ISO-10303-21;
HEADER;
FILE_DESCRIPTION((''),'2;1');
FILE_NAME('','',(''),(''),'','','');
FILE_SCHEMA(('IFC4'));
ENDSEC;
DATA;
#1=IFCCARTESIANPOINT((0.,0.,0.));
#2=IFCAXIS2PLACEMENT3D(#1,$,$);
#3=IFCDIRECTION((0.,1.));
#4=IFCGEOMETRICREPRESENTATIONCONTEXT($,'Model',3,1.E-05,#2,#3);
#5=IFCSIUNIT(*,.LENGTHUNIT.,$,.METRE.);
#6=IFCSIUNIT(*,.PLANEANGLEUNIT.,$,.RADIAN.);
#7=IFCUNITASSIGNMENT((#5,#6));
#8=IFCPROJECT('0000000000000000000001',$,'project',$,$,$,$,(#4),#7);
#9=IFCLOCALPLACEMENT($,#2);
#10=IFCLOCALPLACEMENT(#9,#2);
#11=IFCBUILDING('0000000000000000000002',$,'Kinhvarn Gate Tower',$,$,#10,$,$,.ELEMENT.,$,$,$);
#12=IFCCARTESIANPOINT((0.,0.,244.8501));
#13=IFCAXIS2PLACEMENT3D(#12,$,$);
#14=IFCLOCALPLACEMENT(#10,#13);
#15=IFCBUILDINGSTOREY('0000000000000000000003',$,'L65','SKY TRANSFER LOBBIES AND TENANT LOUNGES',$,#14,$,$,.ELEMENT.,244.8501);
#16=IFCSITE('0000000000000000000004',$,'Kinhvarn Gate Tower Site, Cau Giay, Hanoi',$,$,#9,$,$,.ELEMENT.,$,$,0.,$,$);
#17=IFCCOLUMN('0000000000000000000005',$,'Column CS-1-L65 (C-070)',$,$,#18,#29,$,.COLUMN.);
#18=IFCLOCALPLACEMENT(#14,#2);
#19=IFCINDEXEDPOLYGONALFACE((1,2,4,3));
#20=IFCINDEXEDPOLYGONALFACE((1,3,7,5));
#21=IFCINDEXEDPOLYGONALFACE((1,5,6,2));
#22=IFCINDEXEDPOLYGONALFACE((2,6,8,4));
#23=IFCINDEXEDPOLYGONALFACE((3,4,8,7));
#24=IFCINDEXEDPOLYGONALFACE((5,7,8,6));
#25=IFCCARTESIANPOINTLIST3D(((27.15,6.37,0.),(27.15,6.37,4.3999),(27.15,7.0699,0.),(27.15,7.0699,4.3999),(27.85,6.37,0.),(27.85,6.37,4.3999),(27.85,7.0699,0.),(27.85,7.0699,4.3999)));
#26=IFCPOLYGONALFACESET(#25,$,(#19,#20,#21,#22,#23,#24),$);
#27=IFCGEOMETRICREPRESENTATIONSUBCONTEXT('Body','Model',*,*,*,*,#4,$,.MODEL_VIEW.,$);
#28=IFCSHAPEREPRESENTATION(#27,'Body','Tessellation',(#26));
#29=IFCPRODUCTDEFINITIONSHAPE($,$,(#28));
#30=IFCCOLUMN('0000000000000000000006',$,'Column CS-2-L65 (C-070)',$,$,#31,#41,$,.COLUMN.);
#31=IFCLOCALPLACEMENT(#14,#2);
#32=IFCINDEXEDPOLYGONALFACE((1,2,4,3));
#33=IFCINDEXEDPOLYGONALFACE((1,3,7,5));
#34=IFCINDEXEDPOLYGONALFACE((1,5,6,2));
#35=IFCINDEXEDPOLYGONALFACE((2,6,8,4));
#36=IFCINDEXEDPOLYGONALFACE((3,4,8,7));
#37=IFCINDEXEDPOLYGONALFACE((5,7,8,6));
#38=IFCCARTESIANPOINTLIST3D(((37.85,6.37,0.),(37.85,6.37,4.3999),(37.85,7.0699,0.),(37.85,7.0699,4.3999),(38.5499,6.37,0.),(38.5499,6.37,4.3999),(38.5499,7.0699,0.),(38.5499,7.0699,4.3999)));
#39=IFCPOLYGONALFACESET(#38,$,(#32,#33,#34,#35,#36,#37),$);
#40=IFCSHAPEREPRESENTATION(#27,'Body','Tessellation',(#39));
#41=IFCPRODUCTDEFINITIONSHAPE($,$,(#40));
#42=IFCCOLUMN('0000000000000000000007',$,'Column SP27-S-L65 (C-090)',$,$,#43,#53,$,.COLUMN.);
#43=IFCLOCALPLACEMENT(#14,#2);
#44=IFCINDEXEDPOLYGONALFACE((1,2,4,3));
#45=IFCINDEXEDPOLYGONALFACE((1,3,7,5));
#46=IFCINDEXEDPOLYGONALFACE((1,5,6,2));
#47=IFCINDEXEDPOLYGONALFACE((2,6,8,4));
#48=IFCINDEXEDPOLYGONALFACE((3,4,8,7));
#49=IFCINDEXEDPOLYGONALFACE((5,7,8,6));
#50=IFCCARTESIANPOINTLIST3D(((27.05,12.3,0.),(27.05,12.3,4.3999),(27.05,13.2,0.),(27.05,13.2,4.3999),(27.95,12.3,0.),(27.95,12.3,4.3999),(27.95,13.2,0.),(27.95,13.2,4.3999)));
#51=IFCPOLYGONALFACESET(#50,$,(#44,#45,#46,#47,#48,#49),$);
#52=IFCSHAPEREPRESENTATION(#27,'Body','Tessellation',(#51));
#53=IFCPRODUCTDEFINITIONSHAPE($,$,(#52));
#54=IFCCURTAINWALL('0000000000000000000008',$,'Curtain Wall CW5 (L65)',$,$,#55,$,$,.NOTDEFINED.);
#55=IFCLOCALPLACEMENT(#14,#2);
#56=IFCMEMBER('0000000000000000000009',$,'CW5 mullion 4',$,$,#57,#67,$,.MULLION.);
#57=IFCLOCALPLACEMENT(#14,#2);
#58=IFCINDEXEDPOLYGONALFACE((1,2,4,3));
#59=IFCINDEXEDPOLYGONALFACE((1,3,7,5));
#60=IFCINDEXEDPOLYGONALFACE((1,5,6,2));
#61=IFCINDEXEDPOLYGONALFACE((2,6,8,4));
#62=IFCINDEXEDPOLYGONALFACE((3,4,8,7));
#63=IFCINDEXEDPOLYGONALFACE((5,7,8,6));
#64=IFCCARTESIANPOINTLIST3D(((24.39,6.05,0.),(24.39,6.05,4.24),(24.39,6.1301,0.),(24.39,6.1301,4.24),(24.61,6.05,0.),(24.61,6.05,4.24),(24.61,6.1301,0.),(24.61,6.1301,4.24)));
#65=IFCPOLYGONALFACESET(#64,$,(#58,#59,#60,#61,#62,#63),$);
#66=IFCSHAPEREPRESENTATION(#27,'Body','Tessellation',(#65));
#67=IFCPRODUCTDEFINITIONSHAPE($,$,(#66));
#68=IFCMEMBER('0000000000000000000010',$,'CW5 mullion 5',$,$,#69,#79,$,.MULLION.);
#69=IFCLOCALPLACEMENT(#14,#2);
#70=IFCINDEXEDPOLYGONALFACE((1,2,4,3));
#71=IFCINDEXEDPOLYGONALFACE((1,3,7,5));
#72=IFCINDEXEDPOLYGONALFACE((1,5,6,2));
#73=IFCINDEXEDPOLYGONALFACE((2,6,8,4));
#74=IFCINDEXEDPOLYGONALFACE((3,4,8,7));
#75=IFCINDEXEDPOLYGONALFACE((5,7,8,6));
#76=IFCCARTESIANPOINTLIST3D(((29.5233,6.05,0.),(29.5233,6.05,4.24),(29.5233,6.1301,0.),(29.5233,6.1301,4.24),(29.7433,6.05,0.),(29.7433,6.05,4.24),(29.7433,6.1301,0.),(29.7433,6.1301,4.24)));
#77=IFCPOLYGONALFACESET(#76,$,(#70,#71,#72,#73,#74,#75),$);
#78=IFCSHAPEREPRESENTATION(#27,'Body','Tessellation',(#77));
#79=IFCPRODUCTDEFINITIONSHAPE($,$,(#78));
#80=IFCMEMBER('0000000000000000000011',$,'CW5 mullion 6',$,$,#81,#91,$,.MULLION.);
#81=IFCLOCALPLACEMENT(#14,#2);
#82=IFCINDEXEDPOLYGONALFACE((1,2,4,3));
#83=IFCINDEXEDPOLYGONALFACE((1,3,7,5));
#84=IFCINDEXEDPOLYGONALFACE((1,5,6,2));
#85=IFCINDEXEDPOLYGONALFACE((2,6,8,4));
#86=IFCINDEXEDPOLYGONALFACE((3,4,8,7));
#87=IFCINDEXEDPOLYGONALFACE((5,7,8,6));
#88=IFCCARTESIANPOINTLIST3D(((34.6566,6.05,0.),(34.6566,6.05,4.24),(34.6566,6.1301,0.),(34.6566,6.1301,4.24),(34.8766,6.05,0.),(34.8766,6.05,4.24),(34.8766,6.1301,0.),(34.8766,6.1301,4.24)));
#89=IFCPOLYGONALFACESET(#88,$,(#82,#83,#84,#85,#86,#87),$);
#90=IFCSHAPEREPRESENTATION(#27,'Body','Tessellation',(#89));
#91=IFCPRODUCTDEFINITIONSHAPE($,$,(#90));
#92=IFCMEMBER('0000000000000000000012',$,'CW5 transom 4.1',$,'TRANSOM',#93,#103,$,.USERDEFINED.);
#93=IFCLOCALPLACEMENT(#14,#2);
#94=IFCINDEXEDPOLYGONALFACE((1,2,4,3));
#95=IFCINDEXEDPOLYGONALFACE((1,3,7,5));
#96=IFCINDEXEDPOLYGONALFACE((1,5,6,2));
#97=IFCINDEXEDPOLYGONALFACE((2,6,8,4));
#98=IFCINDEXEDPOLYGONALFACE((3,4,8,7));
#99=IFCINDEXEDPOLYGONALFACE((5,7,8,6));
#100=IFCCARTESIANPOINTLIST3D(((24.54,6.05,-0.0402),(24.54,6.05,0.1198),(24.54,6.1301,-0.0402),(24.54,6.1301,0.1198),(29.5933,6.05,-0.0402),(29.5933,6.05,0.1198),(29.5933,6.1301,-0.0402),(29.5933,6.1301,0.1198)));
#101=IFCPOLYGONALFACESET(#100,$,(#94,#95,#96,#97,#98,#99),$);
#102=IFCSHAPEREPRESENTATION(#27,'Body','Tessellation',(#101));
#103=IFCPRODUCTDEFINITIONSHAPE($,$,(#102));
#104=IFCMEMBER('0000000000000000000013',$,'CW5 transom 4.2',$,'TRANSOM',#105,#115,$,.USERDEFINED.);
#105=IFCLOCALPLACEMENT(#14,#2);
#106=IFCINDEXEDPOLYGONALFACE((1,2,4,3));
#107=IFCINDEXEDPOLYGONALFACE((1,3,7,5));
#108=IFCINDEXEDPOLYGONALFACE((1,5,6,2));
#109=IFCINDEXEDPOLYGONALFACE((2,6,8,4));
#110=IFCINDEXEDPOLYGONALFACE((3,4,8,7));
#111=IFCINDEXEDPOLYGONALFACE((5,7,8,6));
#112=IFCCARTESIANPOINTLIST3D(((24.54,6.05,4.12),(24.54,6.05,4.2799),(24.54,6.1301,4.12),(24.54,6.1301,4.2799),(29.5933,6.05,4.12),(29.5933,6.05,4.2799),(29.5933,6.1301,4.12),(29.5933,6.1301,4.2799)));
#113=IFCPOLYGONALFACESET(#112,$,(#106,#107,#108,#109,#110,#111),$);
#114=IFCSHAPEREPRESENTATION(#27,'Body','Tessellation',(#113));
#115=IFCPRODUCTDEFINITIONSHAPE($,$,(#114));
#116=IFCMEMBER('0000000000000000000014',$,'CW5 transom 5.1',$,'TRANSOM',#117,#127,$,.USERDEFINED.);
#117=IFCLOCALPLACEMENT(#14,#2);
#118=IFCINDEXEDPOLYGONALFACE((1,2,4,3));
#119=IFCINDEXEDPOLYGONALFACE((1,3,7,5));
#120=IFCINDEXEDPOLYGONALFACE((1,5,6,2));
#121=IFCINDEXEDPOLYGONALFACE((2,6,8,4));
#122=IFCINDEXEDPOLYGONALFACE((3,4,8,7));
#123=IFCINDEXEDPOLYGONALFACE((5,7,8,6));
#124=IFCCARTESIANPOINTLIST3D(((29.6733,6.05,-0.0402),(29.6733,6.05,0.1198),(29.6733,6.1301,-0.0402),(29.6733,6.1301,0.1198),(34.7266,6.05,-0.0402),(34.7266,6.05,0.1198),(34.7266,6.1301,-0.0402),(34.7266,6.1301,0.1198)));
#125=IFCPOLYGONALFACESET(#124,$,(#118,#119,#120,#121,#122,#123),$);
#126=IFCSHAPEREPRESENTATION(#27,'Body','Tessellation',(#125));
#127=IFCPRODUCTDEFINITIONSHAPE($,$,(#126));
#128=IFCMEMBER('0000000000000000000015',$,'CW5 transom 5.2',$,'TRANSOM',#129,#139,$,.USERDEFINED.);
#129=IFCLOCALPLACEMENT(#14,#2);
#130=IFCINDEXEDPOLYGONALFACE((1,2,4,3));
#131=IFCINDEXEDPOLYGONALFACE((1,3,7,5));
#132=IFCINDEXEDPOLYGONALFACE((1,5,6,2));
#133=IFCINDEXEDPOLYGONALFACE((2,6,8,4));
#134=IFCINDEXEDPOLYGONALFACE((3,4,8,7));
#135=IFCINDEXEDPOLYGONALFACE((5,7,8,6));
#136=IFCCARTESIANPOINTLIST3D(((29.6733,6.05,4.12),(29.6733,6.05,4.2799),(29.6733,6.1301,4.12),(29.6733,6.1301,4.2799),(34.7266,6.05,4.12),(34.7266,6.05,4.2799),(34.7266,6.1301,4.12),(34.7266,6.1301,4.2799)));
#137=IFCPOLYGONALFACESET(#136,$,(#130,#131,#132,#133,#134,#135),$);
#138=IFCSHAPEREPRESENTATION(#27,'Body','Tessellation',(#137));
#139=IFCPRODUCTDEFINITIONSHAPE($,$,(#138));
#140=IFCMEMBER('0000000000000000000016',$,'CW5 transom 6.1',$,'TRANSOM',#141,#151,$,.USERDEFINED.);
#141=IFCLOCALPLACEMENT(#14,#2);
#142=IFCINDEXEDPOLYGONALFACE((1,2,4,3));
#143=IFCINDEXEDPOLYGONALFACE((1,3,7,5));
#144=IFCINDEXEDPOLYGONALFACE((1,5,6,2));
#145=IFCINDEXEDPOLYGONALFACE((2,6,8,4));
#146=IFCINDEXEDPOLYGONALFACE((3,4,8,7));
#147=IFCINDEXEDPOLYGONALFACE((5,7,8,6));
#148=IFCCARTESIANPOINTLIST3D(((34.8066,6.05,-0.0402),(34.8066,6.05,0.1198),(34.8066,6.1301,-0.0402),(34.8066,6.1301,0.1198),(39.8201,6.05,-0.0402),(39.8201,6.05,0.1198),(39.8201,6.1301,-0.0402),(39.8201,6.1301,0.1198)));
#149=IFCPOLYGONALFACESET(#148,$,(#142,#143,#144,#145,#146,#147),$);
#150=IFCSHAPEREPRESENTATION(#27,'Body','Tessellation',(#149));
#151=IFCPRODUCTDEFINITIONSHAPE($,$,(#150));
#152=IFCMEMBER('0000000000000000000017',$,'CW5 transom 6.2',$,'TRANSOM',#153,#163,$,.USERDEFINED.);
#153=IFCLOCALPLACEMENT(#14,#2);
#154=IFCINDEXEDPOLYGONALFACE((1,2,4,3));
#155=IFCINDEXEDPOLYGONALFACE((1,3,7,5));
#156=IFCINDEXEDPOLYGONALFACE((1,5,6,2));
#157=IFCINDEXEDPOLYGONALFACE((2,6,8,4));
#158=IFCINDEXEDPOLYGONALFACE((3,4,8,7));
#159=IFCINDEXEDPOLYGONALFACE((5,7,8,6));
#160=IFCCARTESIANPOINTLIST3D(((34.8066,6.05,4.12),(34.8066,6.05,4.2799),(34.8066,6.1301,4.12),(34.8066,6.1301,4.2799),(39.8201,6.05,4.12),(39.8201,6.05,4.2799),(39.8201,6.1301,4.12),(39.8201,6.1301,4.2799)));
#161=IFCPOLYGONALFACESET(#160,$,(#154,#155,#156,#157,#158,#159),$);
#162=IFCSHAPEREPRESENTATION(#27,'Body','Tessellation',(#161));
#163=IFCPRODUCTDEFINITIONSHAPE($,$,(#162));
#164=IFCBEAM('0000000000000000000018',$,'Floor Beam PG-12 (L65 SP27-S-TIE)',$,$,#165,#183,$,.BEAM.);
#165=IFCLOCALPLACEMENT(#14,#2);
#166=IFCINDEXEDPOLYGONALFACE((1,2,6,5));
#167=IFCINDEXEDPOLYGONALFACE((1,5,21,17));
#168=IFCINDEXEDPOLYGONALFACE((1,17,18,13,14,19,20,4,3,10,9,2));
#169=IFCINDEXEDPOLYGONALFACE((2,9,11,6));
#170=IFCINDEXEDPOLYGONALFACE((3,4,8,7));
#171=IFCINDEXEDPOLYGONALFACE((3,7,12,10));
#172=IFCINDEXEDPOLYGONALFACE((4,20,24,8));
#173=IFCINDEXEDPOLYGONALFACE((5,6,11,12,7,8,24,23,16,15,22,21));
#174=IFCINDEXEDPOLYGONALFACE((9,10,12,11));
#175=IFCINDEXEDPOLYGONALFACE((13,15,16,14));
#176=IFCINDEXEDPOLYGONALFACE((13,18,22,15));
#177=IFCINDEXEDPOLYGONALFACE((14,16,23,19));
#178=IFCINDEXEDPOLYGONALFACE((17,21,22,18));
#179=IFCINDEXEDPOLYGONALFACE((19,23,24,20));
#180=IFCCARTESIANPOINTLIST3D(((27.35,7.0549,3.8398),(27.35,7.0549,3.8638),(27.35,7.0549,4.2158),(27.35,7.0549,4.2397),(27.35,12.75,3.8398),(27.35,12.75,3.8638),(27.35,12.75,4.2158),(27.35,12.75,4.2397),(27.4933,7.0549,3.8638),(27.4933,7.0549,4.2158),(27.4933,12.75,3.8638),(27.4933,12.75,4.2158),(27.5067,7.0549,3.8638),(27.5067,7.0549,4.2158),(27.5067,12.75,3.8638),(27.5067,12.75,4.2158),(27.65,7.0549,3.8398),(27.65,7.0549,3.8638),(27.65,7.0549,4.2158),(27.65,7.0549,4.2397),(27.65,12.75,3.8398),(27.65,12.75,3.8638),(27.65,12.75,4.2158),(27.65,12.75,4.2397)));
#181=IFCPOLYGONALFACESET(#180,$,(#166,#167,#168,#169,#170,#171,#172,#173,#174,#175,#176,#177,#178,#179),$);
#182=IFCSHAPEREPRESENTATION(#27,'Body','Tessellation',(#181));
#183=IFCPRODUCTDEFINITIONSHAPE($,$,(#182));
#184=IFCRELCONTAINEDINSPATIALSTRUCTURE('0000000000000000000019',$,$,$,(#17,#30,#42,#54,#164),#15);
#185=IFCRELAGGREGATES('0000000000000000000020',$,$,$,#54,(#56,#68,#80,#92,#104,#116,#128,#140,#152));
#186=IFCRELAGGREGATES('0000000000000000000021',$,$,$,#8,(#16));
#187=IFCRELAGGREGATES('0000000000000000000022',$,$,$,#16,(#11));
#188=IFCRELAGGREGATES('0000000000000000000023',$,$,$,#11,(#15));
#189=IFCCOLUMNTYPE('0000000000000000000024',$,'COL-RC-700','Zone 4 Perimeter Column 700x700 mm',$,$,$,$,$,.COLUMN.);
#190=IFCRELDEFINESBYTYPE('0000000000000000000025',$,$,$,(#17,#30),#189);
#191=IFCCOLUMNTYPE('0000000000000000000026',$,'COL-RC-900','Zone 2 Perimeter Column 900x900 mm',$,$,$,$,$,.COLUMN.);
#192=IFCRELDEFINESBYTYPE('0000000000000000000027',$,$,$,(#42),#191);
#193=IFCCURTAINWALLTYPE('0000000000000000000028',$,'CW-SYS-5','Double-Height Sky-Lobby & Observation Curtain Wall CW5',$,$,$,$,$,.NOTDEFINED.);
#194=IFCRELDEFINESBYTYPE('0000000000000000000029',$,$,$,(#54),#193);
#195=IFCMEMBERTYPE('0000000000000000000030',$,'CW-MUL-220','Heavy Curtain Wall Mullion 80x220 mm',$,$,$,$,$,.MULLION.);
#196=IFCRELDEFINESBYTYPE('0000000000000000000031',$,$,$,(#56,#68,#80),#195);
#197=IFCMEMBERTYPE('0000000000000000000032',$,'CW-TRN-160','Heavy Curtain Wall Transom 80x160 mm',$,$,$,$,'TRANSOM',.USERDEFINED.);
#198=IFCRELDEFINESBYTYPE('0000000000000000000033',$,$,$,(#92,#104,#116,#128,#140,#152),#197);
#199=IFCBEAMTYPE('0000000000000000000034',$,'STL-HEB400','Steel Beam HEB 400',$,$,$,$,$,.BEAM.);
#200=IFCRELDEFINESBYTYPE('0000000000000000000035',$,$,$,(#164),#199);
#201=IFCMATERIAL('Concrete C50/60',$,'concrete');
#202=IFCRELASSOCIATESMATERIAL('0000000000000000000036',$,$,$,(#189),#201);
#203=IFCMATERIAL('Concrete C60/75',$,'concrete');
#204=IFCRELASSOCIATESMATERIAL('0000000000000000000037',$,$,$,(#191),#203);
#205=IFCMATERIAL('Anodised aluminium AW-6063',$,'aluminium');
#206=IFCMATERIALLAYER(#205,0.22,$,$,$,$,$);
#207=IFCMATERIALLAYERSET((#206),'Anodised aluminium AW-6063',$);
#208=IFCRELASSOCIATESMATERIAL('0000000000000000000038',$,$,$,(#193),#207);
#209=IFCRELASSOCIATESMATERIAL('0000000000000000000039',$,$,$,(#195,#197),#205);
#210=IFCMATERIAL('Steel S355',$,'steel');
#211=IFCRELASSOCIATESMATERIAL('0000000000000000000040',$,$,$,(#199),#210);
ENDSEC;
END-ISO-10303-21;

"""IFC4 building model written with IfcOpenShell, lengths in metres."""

from ifc_helpers import new_model, si_unit, direction, frame, origin, origin_2d, place, context, subcontext, project, spatial, rectangle, i_section, extrude, material, layer, layer_set, material_profile, profile_set, type_object, element, aggregate, save


model = new_model("IFC4")

# Units and contexts
model_context = context("Model", 3, precision=1e-05, world=origin(), true_north=direction((0.0, 1.0)))
body_context = subcontext(model_context, "Body", "Model", "MODEL_VIEW")
ifc_project = project(units=[si_unit("LENGTHUNIT", "METRE"), si_unit("PLANEANGLEUNIT", "RADIAN")], contexts=[model_context])

# Site, building, storey
site_placement = place(None, origin())
site = spatial("IfcSite", under=ifc_project, at=site_placement, Name="Kinhvarn Gate Tower Site, Cau Giay, Hanoi", CompositionType="ELEMENT", RefElevation=0.0)
building_placement = place(site_placement, origin())
building = spatial("IfcBuilding", under=site, at=building_placement, Name="Kinhvarn Gate Tower", CompositionType="ELEMENT")
storey_placement = place(building_placement, frame((0.0, 0.0, 244.8501)))
storey = spatial("IfcBuildingStorey", under=building, at=storey_placement, Name="L65", Description="SKY TRANSFER LOBBIES AND TENANT LOUNGES", CompositionType="ELEMENT", Elevation=244.8501)

# Columns
ifc_material_1 = material(Name="Concrete C50/60", Category="concrete")
ifc_material_profile_1 = material_profile(ifc_material_1, rectangle(XDim=0.7, YDim=0.7, at=origin_2d()), Name="RC 700x700")
ifc_profile_set_1 = profile_set([ifc_material_profile_1], Name="Concrete C50/60")
column_type_1 = type_object("IfcColumnType", Name="COL-RC-700", Description="Zone 4 Perimeter Column 700x700 mm", PredefinedType="COLUMN", material=ifc_profile_set_1)
for number, where, z_axis, x_axis, name in (
    (1, (27.5, 6.72, 0.0), (0.0, 0.0, 1.0), (1.0, 0.0, 0.0), "Column CS-1-L65 (C-070)"),
    (2, (38.2, 6.72, 0.0), (0.0, 0.0, 1.0), (1.0, 0.0, 0.0), "Column CS-2-L65 (C-070)"),
):
    element("IfcColumn", number, at=place(storey_placement, frame(where, z_axis=z_axis, x_axis=x_axis)), inside=storey, type_object=column_type_1, Name=name, PredefinedType="COLUMN", context=body_context, shape_type="SweptSolid", body=[
        extrude(rectangle(XDim=0.7, YDim=0.7, at=origin_2d()), origin(), (0.0, 0.0, 1.0), 4.3999),
    ])
ifc_material_2 = material(Name="Concrete C60/75", Category="concrete")
ifc_material_profile_2 = material_profile(ifc_material_2, rectangle(XDim=0.8999, YDim=0.8999, at=origin_2d()), Name="RC 900x900")
ifc_profile_set_2 = profile_set([ifc_material_profile_2], Name="Concrete C60/75")
column_type_2 = type_object("IfcColumnType", Name="COL-RC-900", Description="Zone 2 Perimeter Column 900x900 mm", PredefinedType="COLUMN", material=ifc_profile_set_2)
column_placement = place(storey_placement, frame((27.5, 12.75, 0.0), z_axis=(0.0, 0.0, 1.0), x_axis=(1.0, 0.0, 0.0)))
element("IfcColumn", 3, at=column_placement, inside=storey, type_object=column_type_2, Name="Column SP27-S-L65 (C-090)", PredefinedType="COLUMN", context=body_context, shape_type="SweptSolid", body=[
    extrude(rectangle(XDim=0.8999, YDim=0.8999, at=origin_2d()), origin(), (0.0, 0.0, 1.0), 4.3999),
])

# Curtain wall, members
ifc_material_3 = material(Name="Anodised aluminium AW-6063", Category="aluminium")
ifc_layer_1 = layer(ifc_material_3, 0.22)
ifc_layer_set_1 = layer_set([ifc_layer_1], Name="Anodised aluminium AW-6063")
curtain_wall_type = type_object("IfcCurtainWallType", Name="CW-SYS-5", Description="Double-Height Sky-Lobby & Observation Curtain Wall CW5", PredefinedType="NOTDEFINED", material=ifc_layer_set_1)
curtain_wall_placement = place(storey_placement, origin())
curtain_wall = element("IfcCurtainWall", 4, at=curtain_wall_placement, inside=storey, type_object=curtain_wall_type, Name="Curtain Wall CW5 (L65)", PredefinedType="NOTDEFINED")
ifc_material_profile_3 = material_profile(ifc_material_3, rectangle(XDim=0.0801, YDim=0.22, at=origin_2d()), Name="ALU 80x220")
ifc_profile_set_3 = profile_set([ifc_material_profile_3], Name="Anodised aluminium AW-6063")
member_type_1 = type_object("IfcMemberType", Name="CW-MUL-220", Description="Heavy Curtain Wall Mullion 80x220 mm", PredefinedType="MULLION", material=ifc_profile_set_3)
member_1_placement = place(storey_placement, frame((24.5, 6.0901, 0.0), z_axis=(0.0, 0.0, 1.0), x_axis=(0.0, 1.0, 0.0)))
member_1 = element("IfcMember", 5, at=member_1_placement, type_object=member_type_1, Name="CW5 mullion 4", PredefinedType="MULLION", context=body_context, shape_type="SweptSolid", body=[
    extrude(rectangle(XDim=0.0801, YDim=0.22, at=origin_2d()), origin(), (0.0, 0.0, 1.0), 4.24),
])
member_2_placement = place(storey_placement, frame((29.6333, 6.0901, 0.0), z_axis=(0.0, 0.0, 1.0), x_axis=(0.0, 1.0, 0.0)))
member_2 = element("IfcMember", 6, at=member_2_placement, type_object=member_type_1, Name="CW5 mullion 5", PredefinedType="MULLION", context=body_context, shape_type="SweptSolid", body=[
    extrude(rectangle(XDim=0.0801, YDim=0.22, at=origin_2d()), origin(), (0.0, 0.0, 1.0), 4.24),
])
member_3_placement = place(storey_placement, frame((34.7666, 6.0901, 0.0), z_axis=(0.0, 0.0, 1.0), x_axis=(0.0, 1.0, 0.0)))
member_3 = element("IfcMember", 7, at=member_3_placement, type_object=member_type_1, Name="CW5 mullion 6", PredefinedType="MULLION", context=body_context, shape_type="SweptSolid", body=[
    extrude(rectangle(XDim=0.0801, YDim=0.22, at=origin_2d()), origin(), (0.0, 0.0, 1.0), 4.24),
])
ifc_material_profile_4 = material_profile(ifc_material_3, rectangle(XDim=0.0801, YDim=0.1599, at=origin_2d()), Name="ALU 80x160")
ifc_profile_set_4 = profile_set([ifc_material_profile_4], Name="Anodised aluminium AW-6063")
member_type_2 = type_object("IfcMemberType", Name="CW-TRN-160", Description="Heavy Curtain Wall Transom 80x160 mm", ElementType="TRANSOM", PredefinedType="USERDEFINED", material=ifc_profile_set_4)
member_4_placement = place(storey_placement, frame((24.54, 6.0901, 0.0398), z_axis=(1.0, 0.0, 0.0), x_axis=(0.0, 1.0, 0.0)))
member_4 = element("IfcMember", 8, at=member_4_placement, type_object=member_type_2, Name="CW5 transom 4.1", ObjectType="TRANSOM", PredefinedType="USERDEFINED", context=body_context, shape_type="SweptSolid", body=[
    extrude(rectangle(XDim=0.0801, YDim=0.1599, at=origin_2d()), origin(), (0.0, 0.0, 1.0), 5.0532),
])
member_5_placement = place(storey_placement, frame((24.54, 6.0901, 4.2), z_axis=(1.0, 0.0, 0.0), x_axis=(0.0, 1.0, 0.0)))
member_5 = element("IfcMember", 9, at=member_5_placement, type_object=member_type_2, Name="CW5 transom 4.2", ObjectType="TRANSOM", PredefinedType="USERDEFINED", context=body_context, shape_type="SweptSolid", body=[
    extrude(rectangle(XDim=0.0801, YDim=0.1599, at=origin_2d()), origin(), (0.0, 0.0, 1.0), 5.0532),
])
member_6_placement = place(storey_placement, frame((29.6733, 6.0901, 0.0398), z_axis=(1.0, 0.0, 0.0), x_axis=(0.0, 1.0, 0.0)))
member_6 = element("IfcMember", 10, at=member_6_placement, type_object=member_type_2, Name="CW5 transom 5.1", ObjectType="TRANSOM", PredefinedType="USERDEFINED", context=body_context, shape_type="SweptSolid", body=[
    extrude(rectangle(XDim=0.0801, YDim=0.1599, at=origin_2d()), origin(), (0.0, 0.0, 1.0), 5.0532),
])
member_7_placement = place(storey_placement, frame((29.6733, 6.0901, 4.2), z_axis=(1.0, 0.0, 0.0), x_axis=(0.0, 1.0, 0.0)))
member_7 = element("IfcMember", 11, at=member_7_placement, type_object=member_type_2, Name="CW5 transom 5.2", ObjectType="TRANSOM", PredefinedType="USERDEFINED", context=body_context, shape_type="SweptSolid", body=[
    extrude(rectangle(XDim=0.0801, YDim=0.1599, at=origin_2d()), origin(), (0.0, 0.0, 1.0), 5.0532),
])
member_8_placement = place(storey_placement, frame((34.8066, 6.0901, 0.0398), z_axis=(1.0, 0.0, 0.0), x_axis=(0.0, 1.0, 0.0)))
member_8 = element("IfcMember", 12, at=member_8_placement, type_object=member_type_2, Name="CW5 transom 6.1", ObjectType="TRANSOM", PredefinedType="USERDEFINED", context=body_context, shape_type="SweptSolid", body=[
    extrude(rectangle(XDim=0.0801, YDim=0.1599, at=origin_2d()), origin(), (0.0, 0.0, 1.0), 5.0134),
])
member_9_placement = place(storey_placement, frame((34.8066, 6.0901, 4.2), z_axis=(1.0, 0.0, 0.0), x_axis=(0.0, 1.0, 0.0)))
member_9 = element("IfcMember", 13, at=member_9_placement, type_object=member_type_2, Name="CW5 transom 6.2", ObjectType="TRANSOM", PredefinedType="USERDEFINED", context=body_context, shape_type="SweptSolid", body=[
    extrude(rectangle(XDim=0.0801, YDim=0.1599, at=origin_2d()), origin(), (0.0, 0.0, 1.0), 5.0134),
])

# Beam
ifc_material_4 = material(Name="Steel S355", Category="steel")
ifc_material_profile_5 = material_profile(ifc_material_4, i_section(OverallWidth=0.3, OverallDepth=0.3999, WebThickness=0.0134, FlangeThickness=0.0239, at=origin_2d()), Name="HEB 400")
ifc_profile_set_5 = profile_set([ifc_material_profile_5], Name="Steel S355")
beam_type_1 = type_object("IfcBeamType", Name="STL-HEB400", Description="Steel Beam HEB 400", PredefinedType="BEAM", material=ifc_profile_set_5)
beam_1_placement = place(storey_placement, frame((27.5, 7.0549, 4.0398), z_axis=(0.0, 1.0, 0.0), x_axis=(-1.0, 0.0, 0.0)))
element("IfcBeam", 14, at=beam_1_placement, inside=storey, type_object=beam_type_1, Name="Floor Beam PG-12 (L65 SP27-S-TIE)", PredefinedType="BEAM", context=body_context, shape_type="SweptSolid", body=[
    extrude(i_section(OverallWidth=0.3, OverallDepth=0.3999, WebThickness=0.0134, FlangeThickness=0.0239, at=origin_2d()), origin(), (0.0, 0.0, 1.0), 5.6951),
])

aggregate(curtain_wall, [member_1, member_2, member_3, member_4, member_5, member_6, member_7, member_8, member_9])

save(model, "model.ifc")
